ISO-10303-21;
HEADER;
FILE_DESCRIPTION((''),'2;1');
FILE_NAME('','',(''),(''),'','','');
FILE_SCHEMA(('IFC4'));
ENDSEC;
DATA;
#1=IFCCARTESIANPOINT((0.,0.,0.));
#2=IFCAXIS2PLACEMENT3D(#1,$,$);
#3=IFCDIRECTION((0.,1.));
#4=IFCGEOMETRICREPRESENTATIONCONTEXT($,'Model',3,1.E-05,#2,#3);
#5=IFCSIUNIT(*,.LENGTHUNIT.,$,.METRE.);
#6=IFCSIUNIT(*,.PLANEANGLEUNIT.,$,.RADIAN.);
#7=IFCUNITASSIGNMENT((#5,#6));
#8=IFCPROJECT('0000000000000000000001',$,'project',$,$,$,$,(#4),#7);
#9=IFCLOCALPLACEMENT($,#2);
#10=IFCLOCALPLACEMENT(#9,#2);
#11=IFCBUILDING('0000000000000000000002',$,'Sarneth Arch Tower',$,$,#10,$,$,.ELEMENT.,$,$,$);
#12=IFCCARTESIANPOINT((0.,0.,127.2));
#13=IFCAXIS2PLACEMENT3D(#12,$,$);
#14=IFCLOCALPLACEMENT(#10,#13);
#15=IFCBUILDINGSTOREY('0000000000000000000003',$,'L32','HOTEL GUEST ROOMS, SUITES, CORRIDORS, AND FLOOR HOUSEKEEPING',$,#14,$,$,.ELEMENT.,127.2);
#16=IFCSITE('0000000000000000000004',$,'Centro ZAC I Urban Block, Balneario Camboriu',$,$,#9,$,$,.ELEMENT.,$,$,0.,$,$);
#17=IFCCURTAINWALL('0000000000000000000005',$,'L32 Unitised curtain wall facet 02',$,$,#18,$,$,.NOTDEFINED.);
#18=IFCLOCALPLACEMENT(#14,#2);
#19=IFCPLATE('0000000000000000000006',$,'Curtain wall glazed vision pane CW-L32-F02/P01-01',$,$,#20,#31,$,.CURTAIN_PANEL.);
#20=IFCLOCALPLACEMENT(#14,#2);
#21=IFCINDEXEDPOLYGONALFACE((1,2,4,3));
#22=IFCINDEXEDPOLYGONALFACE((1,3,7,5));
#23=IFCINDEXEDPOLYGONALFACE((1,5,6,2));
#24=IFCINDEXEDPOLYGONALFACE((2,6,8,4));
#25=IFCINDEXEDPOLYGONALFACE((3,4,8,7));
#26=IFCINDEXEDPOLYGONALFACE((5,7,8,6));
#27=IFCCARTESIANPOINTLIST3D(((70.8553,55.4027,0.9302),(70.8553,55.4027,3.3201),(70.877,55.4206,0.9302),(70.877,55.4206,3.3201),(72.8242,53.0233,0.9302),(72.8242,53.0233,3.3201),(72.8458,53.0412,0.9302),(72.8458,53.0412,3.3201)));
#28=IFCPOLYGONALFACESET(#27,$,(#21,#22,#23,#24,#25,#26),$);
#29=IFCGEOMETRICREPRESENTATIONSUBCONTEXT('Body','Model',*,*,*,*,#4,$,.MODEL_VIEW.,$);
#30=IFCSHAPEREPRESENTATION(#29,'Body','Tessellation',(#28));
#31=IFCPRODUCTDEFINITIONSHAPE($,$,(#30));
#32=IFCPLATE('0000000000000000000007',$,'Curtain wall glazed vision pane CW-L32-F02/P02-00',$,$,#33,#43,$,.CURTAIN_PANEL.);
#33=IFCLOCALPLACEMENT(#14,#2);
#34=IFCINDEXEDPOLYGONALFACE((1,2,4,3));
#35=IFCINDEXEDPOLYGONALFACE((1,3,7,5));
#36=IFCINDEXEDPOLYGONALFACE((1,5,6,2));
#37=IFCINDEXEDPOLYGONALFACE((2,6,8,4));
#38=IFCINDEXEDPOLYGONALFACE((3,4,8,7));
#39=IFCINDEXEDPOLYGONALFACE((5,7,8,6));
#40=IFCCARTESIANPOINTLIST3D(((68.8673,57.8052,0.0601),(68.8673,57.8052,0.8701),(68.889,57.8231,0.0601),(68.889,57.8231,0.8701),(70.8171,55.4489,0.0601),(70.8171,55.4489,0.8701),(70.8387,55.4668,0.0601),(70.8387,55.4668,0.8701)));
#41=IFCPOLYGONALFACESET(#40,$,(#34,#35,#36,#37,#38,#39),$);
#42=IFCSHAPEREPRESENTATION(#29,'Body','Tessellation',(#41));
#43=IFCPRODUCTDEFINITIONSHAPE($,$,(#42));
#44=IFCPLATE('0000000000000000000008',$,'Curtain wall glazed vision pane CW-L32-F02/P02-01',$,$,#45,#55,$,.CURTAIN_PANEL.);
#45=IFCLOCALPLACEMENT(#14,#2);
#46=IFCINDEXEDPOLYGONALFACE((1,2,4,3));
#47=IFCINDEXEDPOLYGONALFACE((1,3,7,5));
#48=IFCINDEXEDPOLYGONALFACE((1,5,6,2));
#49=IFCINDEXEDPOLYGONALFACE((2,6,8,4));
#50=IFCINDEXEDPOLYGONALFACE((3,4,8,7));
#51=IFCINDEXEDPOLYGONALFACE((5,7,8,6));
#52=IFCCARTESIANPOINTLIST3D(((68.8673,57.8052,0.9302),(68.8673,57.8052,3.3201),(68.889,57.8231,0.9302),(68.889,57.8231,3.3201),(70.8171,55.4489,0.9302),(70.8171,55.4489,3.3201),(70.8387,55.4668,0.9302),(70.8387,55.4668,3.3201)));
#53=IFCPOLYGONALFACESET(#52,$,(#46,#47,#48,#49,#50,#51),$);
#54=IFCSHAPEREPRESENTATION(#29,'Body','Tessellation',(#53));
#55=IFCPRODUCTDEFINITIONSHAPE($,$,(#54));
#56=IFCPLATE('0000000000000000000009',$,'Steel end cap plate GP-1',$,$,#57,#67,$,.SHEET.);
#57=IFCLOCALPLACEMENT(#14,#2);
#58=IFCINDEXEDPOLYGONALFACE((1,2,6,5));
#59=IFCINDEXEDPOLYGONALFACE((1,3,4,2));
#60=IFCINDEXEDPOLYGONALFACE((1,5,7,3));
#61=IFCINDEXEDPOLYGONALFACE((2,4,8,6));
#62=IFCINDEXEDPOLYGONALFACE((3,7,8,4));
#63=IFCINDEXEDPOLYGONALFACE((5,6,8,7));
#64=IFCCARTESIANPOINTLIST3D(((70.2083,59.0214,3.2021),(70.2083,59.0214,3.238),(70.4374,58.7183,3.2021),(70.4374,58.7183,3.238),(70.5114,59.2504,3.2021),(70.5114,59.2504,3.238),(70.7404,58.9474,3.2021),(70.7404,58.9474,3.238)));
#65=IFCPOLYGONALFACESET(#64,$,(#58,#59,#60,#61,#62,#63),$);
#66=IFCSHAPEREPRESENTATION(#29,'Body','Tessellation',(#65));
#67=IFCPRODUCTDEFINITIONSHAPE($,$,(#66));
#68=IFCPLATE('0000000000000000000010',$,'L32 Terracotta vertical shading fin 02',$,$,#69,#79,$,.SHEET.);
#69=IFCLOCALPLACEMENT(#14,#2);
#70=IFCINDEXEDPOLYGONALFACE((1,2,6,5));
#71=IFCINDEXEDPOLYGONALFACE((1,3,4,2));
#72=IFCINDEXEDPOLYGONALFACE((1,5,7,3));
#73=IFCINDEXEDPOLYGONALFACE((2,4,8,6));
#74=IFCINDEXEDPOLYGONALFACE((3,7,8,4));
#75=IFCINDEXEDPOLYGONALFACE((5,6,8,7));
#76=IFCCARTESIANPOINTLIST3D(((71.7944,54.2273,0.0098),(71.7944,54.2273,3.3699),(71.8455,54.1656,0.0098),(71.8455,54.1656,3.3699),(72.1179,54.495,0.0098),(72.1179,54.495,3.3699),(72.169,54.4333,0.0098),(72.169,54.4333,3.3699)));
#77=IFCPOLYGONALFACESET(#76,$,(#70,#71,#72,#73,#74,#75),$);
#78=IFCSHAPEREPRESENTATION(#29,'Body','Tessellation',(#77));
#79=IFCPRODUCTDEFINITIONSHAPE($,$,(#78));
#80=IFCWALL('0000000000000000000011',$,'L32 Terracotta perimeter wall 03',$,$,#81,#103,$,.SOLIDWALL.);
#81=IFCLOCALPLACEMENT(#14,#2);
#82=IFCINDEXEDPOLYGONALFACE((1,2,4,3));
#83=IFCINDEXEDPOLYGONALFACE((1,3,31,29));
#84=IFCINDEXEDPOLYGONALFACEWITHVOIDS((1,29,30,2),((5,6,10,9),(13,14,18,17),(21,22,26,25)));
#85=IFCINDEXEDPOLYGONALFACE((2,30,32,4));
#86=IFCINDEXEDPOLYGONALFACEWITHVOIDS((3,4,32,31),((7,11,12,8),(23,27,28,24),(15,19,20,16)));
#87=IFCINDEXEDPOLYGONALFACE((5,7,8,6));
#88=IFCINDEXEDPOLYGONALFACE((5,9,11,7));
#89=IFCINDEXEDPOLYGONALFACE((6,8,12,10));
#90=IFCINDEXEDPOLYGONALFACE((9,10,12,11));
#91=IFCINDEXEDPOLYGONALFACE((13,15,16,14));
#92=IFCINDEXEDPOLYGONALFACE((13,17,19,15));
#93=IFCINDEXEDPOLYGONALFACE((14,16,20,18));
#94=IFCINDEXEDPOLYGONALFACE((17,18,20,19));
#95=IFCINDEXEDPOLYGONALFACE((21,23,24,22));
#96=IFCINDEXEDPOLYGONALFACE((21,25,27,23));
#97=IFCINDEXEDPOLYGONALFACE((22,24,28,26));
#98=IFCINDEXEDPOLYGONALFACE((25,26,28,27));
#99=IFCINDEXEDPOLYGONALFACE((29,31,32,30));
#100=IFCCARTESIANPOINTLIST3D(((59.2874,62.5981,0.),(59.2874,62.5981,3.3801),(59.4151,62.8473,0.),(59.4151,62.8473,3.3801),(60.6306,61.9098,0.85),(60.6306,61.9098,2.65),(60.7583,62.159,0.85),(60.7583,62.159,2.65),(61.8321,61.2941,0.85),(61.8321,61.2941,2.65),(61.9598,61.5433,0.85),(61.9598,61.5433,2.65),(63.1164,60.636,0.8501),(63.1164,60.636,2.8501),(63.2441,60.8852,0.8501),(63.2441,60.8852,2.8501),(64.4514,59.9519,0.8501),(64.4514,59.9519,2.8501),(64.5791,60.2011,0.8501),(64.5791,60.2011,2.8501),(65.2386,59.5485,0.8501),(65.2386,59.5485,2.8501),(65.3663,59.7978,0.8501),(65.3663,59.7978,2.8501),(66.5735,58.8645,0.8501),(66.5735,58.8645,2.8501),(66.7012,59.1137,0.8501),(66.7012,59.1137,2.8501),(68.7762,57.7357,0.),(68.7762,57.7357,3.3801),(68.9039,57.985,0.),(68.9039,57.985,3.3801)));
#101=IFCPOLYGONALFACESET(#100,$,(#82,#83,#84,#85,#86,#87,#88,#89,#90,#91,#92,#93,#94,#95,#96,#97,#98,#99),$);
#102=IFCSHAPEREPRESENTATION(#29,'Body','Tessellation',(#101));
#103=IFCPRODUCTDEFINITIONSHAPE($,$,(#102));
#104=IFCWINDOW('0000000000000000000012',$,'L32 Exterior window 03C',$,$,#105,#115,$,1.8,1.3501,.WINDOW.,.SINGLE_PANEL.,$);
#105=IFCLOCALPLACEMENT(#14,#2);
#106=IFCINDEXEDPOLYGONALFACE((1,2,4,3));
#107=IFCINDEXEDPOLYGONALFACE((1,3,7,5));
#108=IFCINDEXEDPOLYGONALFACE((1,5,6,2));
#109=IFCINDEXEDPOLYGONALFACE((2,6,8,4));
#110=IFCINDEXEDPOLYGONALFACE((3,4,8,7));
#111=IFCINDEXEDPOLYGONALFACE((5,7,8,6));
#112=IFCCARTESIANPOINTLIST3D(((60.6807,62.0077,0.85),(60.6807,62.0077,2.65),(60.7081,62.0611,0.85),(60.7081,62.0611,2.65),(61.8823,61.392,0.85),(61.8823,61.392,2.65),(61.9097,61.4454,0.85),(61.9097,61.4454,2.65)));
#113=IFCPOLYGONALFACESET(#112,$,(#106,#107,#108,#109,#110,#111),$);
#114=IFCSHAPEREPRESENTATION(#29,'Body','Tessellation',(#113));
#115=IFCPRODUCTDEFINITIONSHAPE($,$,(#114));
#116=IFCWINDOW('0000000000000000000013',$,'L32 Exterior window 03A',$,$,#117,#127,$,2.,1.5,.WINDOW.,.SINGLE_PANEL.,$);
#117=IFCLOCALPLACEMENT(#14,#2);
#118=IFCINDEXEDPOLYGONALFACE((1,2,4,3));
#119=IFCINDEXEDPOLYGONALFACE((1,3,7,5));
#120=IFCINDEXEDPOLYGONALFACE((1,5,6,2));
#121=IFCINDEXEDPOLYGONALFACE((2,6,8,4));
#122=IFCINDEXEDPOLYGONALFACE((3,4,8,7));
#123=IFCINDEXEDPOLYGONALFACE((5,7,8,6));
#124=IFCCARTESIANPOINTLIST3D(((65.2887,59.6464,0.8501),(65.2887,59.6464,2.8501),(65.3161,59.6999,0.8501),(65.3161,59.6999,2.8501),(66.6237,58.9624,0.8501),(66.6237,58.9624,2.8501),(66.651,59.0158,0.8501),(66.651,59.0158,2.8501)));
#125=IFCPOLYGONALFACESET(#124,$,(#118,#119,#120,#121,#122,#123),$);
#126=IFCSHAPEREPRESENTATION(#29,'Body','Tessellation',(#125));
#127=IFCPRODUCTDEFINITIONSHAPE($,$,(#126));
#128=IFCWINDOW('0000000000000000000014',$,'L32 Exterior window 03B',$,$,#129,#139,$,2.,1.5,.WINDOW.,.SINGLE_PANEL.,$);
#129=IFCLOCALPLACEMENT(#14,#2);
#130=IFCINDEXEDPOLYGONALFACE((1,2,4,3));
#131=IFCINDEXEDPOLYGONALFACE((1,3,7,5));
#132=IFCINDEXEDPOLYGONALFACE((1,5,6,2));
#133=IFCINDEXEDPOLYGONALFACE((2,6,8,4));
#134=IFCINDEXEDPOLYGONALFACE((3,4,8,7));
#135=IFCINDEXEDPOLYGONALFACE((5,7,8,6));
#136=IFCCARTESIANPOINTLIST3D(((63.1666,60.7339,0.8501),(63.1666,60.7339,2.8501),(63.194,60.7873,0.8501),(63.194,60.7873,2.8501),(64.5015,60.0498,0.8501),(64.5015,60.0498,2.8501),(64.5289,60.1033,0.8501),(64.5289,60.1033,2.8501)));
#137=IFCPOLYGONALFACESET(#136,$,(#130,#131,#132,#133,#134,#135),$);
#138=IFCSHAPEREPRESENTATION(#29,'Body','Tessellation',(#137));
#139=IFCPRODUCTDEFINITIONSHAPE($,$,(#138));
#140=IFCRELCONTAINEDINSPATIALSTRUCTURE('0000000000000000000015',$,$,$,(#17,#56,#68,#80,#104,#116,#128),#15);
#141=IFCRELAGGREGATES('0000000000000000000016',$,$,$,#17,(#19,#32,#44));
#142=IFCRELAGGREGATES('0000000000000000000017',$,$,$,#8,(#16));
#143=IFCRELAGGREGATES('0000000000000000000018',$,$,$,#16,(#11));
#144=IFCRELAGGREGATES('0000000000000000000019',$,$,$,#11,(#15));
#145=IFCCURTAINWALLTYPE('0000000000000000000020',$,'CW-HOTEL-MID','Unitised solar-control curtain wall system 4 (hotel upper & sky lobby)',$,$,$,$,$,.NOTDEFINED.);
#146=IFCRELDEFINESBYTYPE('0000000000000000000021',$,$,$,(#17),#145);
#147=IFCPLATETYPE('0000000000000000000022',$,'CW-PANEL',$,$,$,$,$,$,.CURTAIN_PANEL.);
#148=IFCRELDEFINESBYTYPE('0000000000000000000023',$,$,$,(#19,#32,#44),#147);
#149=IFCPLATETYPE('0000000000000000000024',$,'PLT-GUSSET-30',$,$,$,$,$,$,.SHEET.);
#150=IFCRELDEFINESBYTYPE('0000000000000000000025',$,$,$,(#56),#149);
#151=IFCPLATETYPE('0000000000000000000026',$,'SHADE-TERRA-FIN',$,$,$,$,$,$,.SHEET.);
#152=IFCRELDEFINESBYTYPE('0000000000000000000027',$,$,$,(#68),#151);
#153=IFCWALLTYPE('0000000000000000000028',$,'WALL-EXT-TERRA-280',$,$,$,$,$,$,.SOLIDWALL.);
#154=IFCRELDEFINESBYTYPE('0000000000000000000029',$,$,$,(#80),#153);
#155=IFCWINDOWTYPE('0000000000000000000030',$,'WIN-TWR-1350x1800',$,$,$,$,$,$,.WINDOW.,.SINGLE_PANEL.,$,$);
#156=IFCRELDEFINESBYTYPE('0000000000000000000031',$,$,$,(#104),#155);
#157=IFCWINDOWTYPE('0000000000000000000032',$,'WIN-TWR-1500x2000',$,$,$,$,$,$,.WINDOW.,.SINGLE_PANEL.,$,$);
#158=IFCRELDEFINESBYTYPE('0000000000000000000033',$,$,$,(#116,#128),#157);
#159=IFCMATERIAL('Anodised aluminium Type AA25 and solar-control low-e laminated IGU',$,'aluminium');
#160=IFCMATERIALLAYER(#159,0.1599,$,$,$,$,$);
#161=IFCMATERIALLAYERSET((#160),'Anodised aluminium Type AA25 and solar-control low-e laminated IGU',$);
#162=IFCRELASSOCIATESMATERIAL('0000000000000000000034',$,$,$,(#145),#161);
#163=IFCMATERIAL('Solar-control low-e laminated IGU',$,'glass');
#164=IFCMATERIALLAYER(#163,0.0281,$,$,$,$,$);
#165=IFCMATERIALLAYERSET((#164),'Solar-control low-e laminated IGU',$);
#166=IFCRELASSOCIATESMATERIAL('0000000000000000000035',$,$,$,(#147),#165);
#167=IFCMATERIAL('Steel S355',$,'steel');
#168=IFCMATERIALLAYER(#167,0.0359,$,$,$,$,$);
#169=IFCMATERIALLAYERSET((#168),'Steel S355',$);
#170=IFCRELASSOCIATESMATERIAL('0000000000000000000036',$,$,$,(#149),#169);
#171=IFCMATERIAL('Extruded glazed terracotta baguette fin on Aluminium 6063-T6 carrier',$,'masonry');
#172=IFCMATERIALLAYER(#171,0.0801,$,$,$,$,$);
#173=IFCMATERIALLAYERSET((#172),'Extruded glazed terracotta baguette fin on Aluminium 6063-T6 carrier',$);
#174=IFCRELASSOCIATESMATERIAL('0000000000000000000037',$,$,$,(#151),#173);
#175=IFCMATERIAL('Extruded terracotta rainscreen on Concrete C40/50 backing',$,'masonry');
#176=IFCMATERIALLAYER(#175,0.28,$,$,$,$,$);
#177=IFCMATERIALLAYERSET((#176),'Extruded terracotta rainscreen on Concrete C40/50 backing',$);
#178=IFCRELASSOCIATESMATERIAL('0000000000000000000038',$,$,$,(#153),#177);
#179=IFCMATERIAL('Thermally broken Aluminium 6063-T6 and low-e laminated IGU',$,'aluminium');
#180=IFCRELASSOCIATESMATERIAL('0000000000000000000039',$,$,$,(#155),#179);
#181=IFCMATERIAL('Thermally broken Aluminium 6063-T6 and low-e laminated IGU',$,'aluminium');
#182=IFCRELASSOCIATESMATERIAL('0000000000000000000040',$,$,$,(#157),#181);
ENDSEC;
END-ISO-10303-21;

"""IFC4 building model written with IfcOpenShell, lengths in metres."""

from ifc_helpers import new_model, si_unit, direction, frame, frame_2d, origin, origin_2d, place, context, subcontext, project, spatial, rectangle, extrude, material, layer, layer_set, type_object, element, fill, aggregate, save


model = new_model("IFC4")

# Units and contexts
model_context = context("Model", 3, precision=1e-05, world=origin(), true_north=direction((0.0, 1.0)))
body_context = subcontext(model_context, "Body", "Model", "MODEL_VIEW")
ifc_project = project(units=[si_unit("LENGTHUNIT", "METRE"), si_unit("PLANEANGLEUNIT", "RADIAN")], contexts=[model_context])

# Site, building, storey
site_placement = place(None, origin())
site = spatial("IfcSite", under=ifc_project, at=site_placement, Name="Centro ZAC I Urban Block, Balneario Camboriu", CompositionType="ELEMENT", RefElevation=0.0)
building_placement = place(site_placement, origin())
building = spatial("IfcBuilding", under=site, at=building_placement, Name="Sarneth Arch Tower", CompositionType="ELEMENT")
storey_placement = place(building_placement, frame((0.0, 0.0, 127.2)))
storey = spatial("IfcBuildingStorey", under=building, at=storey_placement, Name="L32", Description="HOTEL GUEST ROOMS, SUITES, CORRIDORS, AND FLOOR HOUSEKEEPING", CompositionType="ELEMENT", Elevation=127.2)

# Curtain wall
ifc_material_1 = material(Name="Anodised aluminium Type AA25 and solar-control low-e laminated IGU", Category="aluminium")
ifc_layer_1 = layer(ifc_material_1, 0.1599)
ifc_layer_set_1 = layer_set([ifc_layer_1], Name="Anodised aluminium Type AA25 and solar-control low-e laminated IGU")
curtain_wall_type = type_object("IfcCurtainWallType", Name="CW-HOTEL-MID", Description="Unitised solar-control curtain wall system 4 (hotel upper & sky lobby)", PredefinedType="NOTDEFINED", material=ifc_layer_set_1)
curtain_wall_placement = place(storey_placement, origin())
curtain_wall = element("IfcCurtainWall", 1, at=curtain_wall_placement, inside=storey, type_object=curtain_wall_type, Name="L32 Unitised curtain wall facet 02", PredefinedType="NOTDEFINED")

# Plates
ifc_material_2 = material(Name="Solar-control low-e laminated IGU", Category="glass")
ifc_layer_2 = layer(ifc_material_2, 0.0281)
ifc_layer_set_2 = layer_set([ifc_layer_2], Name="Solar-control low-e laminated IGU")
plate_type_1 = type_object("IfcPlateType", Name="CW-PANEL", PredefinedType="CURTAIN_PANEL", material=ifc_layer_set_2)
plate_1_placement = place(storey_placement, frame((71.8506, 54.2219, 0.9302), z_axis=(0.0, 0.0, 1.0), x_axis=(-0.637515, 0.770438, 0.0)))
plate_1 = element("IfcPlate", 2, at=plate_1_placement, type_object=plate_type_1, Name="Curtain wall glazed vision pane CW-L32-F02/P01-01", PredefinedType="CURTAIN_PANEL", context=body_context, shape_type="SweptSolid", body=[
    extrude(rectangle(XDim=3.0884, YDim=0.0281, at=origin_2d()), origin(), (0.0, 0.0, 1.0), 2.3899),
])
plate_2_placement = place(storey_placement, frame((69.853, 56.636, 0.0601), z_axis=(0.0, 0.0, 1.0), x_axis=(-0.637515, 0.770438, 0.0)))
plate_2 = element("IfcPlate", 3, at=plate_2_placement, type_object=plate_type_1, Name="Curtain wall glazed vision pane CW-L32-F02/P02-00", PredefinedType="CURTAIN_PANEL", context=body_context, shape_type="SweptSolid", body=[
    extrude(rectangle(XDim=3.0583, YDim=0.0281, at=origin_2d()), origin(), (0.0, 0.0, 1.0), 0.8101),
])
plate_3_placement = place(storey_placement, frame((69.853, 56.636, 0.9302), z_axis=(0.0, 0.0, 1.0), x_axis=(-0.637515, 0.770438, 0.0)))
plate_3 = element("IfcPlate", 4, at=plate_3_placement, type_object=plate_type_1, Name="Curtain wall glazed vision pane CW-L32-F02/P02-01", PredefinedType="CURTAIN_PANEL", context=body_context, shape_type="SweptSolid", body=[
    extrude(rectangle(XDim=3.0583, YDim=0.0281, at=origin_2d()), origin(), (0.0, 0.0, 1.0), 2.3899),
])
aggregate(curtain_wall, [plate_1, plate_2, plate_3])

# Plates
ifc_material_3 = material(Name="Steel S355", Category="steel")
ifc_layer_3 = layer(ifc_material_3, 0.0359)
ifc_layer_set_3 = layer_set([ifc_layer_3], Name="Steel S355")
plate_type_2 = type_object("IfcPlateType", Name="PLT-GUSSET-30", PredefinedType="SHEET", material=ifc_layer_set_3)
plate_4_placement = place(storey_placement, frame((70.4744, 58.9844, 3.2021), z_axis=(0.0, 0.0, 1.0), x_axis=(0.797794, 0.60293, 0.0)))
element("IfcPlate", 5, at=plate_4_placement, inside=storey, type_object=plate_type_2, Name="Steel end cap plate GP-1", PredefinedType="SHEET", context=body_context, shape_type="SweptSolid", body=[
    extrude(rectangle(XDim=0.3799, YDim=0.3799, at=origin_2d()), origin(), (0.0, 0.0, 1.0), 0.0359),
])
ifc_material_4 = material(Name="Extruded glazed terracotta baguette fin on Aluminium 6063-T6 carrier", Category="masonry")
ifc_layer_4 = layer(ifc_material_4, 0.0801)
ifc_layer_set_4 = layer_set([ifc_layer_4], Name="Extruded glazed terracotta baguette fin on Aluminium 6063-T6 carrier")
plate_type_3 = type_object("IfcPlateType", Name="SHADE-TERRA-FIN", PredefinedType="SHEET", material=ifc_layer_set_4)
plate_5_placement = place(storey_placement, frame((71.9817, 54.3303, 0.0098), z_axis=(0.0, 0.0, 1.0), x_axis=(0.770402, 0.637558, 0.0)))
element("IfcPlate", 6, at=plate_5_placement, inside=storey, type_object=plate_type_3, Name="L32 Terracotta vertical shading fin 02", PredefinedType="SHEET", context=body_context, shape_type="SweptSolid", body=[
    extrude(rectangle(XDim=0.4199, YDim=0.0801, at=origin_2d()), origin(), (0.0, 0.0, 1.0), 3.3601),
])

# Wall, openings, windows
ifc_material_5 = material(Name="Extruded terracotta rainscreen on Concrete C40/50 backing", Category="masonry")
ifc_layer_5 = layer(ifc_material_5, 0.28)
ifc_layer_set_5 = layer_set([ifc_layer_5], Name="Extruded terracotta rainscreen on Concrete C40/50 backing")
wall_type = type_object("IfcWallType", Name="WALL-EXT-TERRA-280", PredefinedType="SOLIDWALL", material=ifc_layer_set_5)
wall_placement = place(storey_placement, frame((68.8401, 57.8604, 0.0), z_axis=(0.0, 0.0, 1.0), x_axis=(-0.88996, 0.45604, 0.0)))
wall = element("IfcWall", 7, at=wall_placement, inside=storey, type_object=wall_type, Name="L32 Terracotta perimeter wall 03", PredefinedType="SOLIDWALL", context=body_context, shape_type="SweptSolid", body=[
    extrude(rectangle(XDim=10.6621, YDim=0.28, at=frame_2d((5.3311, 0.0))), origin(), (0.0, 0.0, 1.0), 3.3801),
])
opening_1_placement = place(wall_placement, frame((2.4751, 0.0, 0.8501)))
opening_1 = element("IfcOpeningElement", 8, at=opening_1_placement, cuts=wall, PredefinedType="OPENING", context=body_context, shape_type="SweptSolid", body=[
    extrude(rectangle(XDim=1.5, YDim=2.0, at=frame_2d((0.75, 1.0))), frame((0.0, 0.1499, 0.0), z_axis=(0.0, -1.0, 0.0), x_axis=(1.0, 0.0, 0.0)), (0.0, 0.0, 1.0), 0.3),
])
opening_2_placement = place(wall_placement, frame((4.8596, 0.0, 0.8501)))
opening_2 = element("IfcOpeningElement", 9, at=opening_2_placement, cuts=wall, PredefinedType="OPENING", context=body_context, shape_type="SweptSolid", body=[
    extrude(rectangle(XDim=1.5, YDim=2.0, at=frame_2d((0.75, 1.0))), frame((0.0, 0.1499, 0.0), z_axis=(0.0, -1.0, 0.0), x_axis=(1.0, 0.0, 0.0)), (0.0, 0.0, 1.0), 0.3),
])
opening_3_placement = place(wall_placement, frame((7.8027, 0.0, 0.8501)))
opening_3 = element("IfcOpeningElement", 10, at=opening_3_placement, cuts=wall, PredefinedType="OPENING", context=body_context, shape_type="SweptSolid", body=[
    extrude(rectangle(XDim=1.3501, YDim=1.8, at=frame_2d((0.675, 0.8999))), frame((0.0, 0.1499, 0.0), z_axis=(0.0, -1.0, 0.0), x_axis=(1.0, 0.0, 0.0)), (0.0, 0.0, 1.0), 0.3),
])
ifc_material_6 = material(Name="Thermally broken Aluminium 6063-T6 and low-e laminated IGU", Category="aluminium")
window_type_1 = type_object("IfcWindowType", Name="WIN-TWR-1350x1800", PartitioningType="SINGLE_PANEL", PredefinedType="WINDOW", material=ifc_material_6)
window_1_placement = place(opening_3_placement, origin())
window_1 = element("IfcWindow", 11, at=window_1_placement, inside=storey, type_object=window_type_1, Name="L32 Exterior window 03C", OverallHeight=1.8, OverallWidth=1.3501, PartitioningType="SINGLE_PANEL", PredefinedType="WINDOW", context=body_context, shape_type="SweptSolid", body=[
    extrude(rectangle(XDim=1.3501, YDim=1.8, at=frame_2d((0.675, 0.8999))), frame((0.0, 0.03, 0.0), z_axis=(0.0, -1.0, 0.0), x_axis=(1.0, 0.0, 0.0)), (0.0, 0.0, 1.0), 0.0601),
])
fill(opening_3, window_1)
ifc_material_7 = material(Name="Thermally broken Aluminium 6063-T6 and low-e laminated IGU", Category="aluminium")
window_type_2 = type_object("IfcWindowType", Name="WIN-TWR-1500x2000", PartitioningType="SINGLE_PANEL", PredefinedType="WINDOW", material=ifc_material_7)
window_2_placement = place(opening_1_placement, origin())
window_2 = element("IfcWindow", 12, at=window_2_placement, inside=storey, type_object=window_type_2, Name="L32 Exterior window 03A", OverallHeight=2.0, OverallWidth=1.5, PartitioningType="SINGLE_PANEL", PredefinedType="WINDOW", context=body_context, shape_type="SweptSolid", body=[
    extrude(rectangle(XDim=1.5, YDim=2.0, at=frame_2d((0.75, 1.0))), frame((0.0, 0.03, 0.0), z_axis=(0.0, -1.0, 0.0), x_axis=(1.0, 0.0, 0.0)), (0.0, 0.0, 1.0), 0.0601),
])
fill(opening_1, window_2)
window_3_placement = place(opening_2_placement, origin())
window_3 = element("IfcWindow", 13, at=window_3_placement, inside=storey, type_object=window_type_2, Name="L32 Exterior window 03B", OverallHeight=2.0, OverallWidth=1.5, PartitioningType="SINGLE_PANEL", PredefinedType="WINDOW", context=body_context, shape_type="SweptSolid", body=[
    extrude(rectangle(XDim=1.5, YDim=2.0, at=frame_2d((0.75, 1.0))), frame((0.0, 0.03, 0.0), z_axis=(0.0, -1.0, 0.0), x_axis=(1.0, 0.0, 0.0)), (0.0, 0.0, 1.0), 0.0601),
])
fill(opening_2, window_3)

save(model, "model.ifc")
